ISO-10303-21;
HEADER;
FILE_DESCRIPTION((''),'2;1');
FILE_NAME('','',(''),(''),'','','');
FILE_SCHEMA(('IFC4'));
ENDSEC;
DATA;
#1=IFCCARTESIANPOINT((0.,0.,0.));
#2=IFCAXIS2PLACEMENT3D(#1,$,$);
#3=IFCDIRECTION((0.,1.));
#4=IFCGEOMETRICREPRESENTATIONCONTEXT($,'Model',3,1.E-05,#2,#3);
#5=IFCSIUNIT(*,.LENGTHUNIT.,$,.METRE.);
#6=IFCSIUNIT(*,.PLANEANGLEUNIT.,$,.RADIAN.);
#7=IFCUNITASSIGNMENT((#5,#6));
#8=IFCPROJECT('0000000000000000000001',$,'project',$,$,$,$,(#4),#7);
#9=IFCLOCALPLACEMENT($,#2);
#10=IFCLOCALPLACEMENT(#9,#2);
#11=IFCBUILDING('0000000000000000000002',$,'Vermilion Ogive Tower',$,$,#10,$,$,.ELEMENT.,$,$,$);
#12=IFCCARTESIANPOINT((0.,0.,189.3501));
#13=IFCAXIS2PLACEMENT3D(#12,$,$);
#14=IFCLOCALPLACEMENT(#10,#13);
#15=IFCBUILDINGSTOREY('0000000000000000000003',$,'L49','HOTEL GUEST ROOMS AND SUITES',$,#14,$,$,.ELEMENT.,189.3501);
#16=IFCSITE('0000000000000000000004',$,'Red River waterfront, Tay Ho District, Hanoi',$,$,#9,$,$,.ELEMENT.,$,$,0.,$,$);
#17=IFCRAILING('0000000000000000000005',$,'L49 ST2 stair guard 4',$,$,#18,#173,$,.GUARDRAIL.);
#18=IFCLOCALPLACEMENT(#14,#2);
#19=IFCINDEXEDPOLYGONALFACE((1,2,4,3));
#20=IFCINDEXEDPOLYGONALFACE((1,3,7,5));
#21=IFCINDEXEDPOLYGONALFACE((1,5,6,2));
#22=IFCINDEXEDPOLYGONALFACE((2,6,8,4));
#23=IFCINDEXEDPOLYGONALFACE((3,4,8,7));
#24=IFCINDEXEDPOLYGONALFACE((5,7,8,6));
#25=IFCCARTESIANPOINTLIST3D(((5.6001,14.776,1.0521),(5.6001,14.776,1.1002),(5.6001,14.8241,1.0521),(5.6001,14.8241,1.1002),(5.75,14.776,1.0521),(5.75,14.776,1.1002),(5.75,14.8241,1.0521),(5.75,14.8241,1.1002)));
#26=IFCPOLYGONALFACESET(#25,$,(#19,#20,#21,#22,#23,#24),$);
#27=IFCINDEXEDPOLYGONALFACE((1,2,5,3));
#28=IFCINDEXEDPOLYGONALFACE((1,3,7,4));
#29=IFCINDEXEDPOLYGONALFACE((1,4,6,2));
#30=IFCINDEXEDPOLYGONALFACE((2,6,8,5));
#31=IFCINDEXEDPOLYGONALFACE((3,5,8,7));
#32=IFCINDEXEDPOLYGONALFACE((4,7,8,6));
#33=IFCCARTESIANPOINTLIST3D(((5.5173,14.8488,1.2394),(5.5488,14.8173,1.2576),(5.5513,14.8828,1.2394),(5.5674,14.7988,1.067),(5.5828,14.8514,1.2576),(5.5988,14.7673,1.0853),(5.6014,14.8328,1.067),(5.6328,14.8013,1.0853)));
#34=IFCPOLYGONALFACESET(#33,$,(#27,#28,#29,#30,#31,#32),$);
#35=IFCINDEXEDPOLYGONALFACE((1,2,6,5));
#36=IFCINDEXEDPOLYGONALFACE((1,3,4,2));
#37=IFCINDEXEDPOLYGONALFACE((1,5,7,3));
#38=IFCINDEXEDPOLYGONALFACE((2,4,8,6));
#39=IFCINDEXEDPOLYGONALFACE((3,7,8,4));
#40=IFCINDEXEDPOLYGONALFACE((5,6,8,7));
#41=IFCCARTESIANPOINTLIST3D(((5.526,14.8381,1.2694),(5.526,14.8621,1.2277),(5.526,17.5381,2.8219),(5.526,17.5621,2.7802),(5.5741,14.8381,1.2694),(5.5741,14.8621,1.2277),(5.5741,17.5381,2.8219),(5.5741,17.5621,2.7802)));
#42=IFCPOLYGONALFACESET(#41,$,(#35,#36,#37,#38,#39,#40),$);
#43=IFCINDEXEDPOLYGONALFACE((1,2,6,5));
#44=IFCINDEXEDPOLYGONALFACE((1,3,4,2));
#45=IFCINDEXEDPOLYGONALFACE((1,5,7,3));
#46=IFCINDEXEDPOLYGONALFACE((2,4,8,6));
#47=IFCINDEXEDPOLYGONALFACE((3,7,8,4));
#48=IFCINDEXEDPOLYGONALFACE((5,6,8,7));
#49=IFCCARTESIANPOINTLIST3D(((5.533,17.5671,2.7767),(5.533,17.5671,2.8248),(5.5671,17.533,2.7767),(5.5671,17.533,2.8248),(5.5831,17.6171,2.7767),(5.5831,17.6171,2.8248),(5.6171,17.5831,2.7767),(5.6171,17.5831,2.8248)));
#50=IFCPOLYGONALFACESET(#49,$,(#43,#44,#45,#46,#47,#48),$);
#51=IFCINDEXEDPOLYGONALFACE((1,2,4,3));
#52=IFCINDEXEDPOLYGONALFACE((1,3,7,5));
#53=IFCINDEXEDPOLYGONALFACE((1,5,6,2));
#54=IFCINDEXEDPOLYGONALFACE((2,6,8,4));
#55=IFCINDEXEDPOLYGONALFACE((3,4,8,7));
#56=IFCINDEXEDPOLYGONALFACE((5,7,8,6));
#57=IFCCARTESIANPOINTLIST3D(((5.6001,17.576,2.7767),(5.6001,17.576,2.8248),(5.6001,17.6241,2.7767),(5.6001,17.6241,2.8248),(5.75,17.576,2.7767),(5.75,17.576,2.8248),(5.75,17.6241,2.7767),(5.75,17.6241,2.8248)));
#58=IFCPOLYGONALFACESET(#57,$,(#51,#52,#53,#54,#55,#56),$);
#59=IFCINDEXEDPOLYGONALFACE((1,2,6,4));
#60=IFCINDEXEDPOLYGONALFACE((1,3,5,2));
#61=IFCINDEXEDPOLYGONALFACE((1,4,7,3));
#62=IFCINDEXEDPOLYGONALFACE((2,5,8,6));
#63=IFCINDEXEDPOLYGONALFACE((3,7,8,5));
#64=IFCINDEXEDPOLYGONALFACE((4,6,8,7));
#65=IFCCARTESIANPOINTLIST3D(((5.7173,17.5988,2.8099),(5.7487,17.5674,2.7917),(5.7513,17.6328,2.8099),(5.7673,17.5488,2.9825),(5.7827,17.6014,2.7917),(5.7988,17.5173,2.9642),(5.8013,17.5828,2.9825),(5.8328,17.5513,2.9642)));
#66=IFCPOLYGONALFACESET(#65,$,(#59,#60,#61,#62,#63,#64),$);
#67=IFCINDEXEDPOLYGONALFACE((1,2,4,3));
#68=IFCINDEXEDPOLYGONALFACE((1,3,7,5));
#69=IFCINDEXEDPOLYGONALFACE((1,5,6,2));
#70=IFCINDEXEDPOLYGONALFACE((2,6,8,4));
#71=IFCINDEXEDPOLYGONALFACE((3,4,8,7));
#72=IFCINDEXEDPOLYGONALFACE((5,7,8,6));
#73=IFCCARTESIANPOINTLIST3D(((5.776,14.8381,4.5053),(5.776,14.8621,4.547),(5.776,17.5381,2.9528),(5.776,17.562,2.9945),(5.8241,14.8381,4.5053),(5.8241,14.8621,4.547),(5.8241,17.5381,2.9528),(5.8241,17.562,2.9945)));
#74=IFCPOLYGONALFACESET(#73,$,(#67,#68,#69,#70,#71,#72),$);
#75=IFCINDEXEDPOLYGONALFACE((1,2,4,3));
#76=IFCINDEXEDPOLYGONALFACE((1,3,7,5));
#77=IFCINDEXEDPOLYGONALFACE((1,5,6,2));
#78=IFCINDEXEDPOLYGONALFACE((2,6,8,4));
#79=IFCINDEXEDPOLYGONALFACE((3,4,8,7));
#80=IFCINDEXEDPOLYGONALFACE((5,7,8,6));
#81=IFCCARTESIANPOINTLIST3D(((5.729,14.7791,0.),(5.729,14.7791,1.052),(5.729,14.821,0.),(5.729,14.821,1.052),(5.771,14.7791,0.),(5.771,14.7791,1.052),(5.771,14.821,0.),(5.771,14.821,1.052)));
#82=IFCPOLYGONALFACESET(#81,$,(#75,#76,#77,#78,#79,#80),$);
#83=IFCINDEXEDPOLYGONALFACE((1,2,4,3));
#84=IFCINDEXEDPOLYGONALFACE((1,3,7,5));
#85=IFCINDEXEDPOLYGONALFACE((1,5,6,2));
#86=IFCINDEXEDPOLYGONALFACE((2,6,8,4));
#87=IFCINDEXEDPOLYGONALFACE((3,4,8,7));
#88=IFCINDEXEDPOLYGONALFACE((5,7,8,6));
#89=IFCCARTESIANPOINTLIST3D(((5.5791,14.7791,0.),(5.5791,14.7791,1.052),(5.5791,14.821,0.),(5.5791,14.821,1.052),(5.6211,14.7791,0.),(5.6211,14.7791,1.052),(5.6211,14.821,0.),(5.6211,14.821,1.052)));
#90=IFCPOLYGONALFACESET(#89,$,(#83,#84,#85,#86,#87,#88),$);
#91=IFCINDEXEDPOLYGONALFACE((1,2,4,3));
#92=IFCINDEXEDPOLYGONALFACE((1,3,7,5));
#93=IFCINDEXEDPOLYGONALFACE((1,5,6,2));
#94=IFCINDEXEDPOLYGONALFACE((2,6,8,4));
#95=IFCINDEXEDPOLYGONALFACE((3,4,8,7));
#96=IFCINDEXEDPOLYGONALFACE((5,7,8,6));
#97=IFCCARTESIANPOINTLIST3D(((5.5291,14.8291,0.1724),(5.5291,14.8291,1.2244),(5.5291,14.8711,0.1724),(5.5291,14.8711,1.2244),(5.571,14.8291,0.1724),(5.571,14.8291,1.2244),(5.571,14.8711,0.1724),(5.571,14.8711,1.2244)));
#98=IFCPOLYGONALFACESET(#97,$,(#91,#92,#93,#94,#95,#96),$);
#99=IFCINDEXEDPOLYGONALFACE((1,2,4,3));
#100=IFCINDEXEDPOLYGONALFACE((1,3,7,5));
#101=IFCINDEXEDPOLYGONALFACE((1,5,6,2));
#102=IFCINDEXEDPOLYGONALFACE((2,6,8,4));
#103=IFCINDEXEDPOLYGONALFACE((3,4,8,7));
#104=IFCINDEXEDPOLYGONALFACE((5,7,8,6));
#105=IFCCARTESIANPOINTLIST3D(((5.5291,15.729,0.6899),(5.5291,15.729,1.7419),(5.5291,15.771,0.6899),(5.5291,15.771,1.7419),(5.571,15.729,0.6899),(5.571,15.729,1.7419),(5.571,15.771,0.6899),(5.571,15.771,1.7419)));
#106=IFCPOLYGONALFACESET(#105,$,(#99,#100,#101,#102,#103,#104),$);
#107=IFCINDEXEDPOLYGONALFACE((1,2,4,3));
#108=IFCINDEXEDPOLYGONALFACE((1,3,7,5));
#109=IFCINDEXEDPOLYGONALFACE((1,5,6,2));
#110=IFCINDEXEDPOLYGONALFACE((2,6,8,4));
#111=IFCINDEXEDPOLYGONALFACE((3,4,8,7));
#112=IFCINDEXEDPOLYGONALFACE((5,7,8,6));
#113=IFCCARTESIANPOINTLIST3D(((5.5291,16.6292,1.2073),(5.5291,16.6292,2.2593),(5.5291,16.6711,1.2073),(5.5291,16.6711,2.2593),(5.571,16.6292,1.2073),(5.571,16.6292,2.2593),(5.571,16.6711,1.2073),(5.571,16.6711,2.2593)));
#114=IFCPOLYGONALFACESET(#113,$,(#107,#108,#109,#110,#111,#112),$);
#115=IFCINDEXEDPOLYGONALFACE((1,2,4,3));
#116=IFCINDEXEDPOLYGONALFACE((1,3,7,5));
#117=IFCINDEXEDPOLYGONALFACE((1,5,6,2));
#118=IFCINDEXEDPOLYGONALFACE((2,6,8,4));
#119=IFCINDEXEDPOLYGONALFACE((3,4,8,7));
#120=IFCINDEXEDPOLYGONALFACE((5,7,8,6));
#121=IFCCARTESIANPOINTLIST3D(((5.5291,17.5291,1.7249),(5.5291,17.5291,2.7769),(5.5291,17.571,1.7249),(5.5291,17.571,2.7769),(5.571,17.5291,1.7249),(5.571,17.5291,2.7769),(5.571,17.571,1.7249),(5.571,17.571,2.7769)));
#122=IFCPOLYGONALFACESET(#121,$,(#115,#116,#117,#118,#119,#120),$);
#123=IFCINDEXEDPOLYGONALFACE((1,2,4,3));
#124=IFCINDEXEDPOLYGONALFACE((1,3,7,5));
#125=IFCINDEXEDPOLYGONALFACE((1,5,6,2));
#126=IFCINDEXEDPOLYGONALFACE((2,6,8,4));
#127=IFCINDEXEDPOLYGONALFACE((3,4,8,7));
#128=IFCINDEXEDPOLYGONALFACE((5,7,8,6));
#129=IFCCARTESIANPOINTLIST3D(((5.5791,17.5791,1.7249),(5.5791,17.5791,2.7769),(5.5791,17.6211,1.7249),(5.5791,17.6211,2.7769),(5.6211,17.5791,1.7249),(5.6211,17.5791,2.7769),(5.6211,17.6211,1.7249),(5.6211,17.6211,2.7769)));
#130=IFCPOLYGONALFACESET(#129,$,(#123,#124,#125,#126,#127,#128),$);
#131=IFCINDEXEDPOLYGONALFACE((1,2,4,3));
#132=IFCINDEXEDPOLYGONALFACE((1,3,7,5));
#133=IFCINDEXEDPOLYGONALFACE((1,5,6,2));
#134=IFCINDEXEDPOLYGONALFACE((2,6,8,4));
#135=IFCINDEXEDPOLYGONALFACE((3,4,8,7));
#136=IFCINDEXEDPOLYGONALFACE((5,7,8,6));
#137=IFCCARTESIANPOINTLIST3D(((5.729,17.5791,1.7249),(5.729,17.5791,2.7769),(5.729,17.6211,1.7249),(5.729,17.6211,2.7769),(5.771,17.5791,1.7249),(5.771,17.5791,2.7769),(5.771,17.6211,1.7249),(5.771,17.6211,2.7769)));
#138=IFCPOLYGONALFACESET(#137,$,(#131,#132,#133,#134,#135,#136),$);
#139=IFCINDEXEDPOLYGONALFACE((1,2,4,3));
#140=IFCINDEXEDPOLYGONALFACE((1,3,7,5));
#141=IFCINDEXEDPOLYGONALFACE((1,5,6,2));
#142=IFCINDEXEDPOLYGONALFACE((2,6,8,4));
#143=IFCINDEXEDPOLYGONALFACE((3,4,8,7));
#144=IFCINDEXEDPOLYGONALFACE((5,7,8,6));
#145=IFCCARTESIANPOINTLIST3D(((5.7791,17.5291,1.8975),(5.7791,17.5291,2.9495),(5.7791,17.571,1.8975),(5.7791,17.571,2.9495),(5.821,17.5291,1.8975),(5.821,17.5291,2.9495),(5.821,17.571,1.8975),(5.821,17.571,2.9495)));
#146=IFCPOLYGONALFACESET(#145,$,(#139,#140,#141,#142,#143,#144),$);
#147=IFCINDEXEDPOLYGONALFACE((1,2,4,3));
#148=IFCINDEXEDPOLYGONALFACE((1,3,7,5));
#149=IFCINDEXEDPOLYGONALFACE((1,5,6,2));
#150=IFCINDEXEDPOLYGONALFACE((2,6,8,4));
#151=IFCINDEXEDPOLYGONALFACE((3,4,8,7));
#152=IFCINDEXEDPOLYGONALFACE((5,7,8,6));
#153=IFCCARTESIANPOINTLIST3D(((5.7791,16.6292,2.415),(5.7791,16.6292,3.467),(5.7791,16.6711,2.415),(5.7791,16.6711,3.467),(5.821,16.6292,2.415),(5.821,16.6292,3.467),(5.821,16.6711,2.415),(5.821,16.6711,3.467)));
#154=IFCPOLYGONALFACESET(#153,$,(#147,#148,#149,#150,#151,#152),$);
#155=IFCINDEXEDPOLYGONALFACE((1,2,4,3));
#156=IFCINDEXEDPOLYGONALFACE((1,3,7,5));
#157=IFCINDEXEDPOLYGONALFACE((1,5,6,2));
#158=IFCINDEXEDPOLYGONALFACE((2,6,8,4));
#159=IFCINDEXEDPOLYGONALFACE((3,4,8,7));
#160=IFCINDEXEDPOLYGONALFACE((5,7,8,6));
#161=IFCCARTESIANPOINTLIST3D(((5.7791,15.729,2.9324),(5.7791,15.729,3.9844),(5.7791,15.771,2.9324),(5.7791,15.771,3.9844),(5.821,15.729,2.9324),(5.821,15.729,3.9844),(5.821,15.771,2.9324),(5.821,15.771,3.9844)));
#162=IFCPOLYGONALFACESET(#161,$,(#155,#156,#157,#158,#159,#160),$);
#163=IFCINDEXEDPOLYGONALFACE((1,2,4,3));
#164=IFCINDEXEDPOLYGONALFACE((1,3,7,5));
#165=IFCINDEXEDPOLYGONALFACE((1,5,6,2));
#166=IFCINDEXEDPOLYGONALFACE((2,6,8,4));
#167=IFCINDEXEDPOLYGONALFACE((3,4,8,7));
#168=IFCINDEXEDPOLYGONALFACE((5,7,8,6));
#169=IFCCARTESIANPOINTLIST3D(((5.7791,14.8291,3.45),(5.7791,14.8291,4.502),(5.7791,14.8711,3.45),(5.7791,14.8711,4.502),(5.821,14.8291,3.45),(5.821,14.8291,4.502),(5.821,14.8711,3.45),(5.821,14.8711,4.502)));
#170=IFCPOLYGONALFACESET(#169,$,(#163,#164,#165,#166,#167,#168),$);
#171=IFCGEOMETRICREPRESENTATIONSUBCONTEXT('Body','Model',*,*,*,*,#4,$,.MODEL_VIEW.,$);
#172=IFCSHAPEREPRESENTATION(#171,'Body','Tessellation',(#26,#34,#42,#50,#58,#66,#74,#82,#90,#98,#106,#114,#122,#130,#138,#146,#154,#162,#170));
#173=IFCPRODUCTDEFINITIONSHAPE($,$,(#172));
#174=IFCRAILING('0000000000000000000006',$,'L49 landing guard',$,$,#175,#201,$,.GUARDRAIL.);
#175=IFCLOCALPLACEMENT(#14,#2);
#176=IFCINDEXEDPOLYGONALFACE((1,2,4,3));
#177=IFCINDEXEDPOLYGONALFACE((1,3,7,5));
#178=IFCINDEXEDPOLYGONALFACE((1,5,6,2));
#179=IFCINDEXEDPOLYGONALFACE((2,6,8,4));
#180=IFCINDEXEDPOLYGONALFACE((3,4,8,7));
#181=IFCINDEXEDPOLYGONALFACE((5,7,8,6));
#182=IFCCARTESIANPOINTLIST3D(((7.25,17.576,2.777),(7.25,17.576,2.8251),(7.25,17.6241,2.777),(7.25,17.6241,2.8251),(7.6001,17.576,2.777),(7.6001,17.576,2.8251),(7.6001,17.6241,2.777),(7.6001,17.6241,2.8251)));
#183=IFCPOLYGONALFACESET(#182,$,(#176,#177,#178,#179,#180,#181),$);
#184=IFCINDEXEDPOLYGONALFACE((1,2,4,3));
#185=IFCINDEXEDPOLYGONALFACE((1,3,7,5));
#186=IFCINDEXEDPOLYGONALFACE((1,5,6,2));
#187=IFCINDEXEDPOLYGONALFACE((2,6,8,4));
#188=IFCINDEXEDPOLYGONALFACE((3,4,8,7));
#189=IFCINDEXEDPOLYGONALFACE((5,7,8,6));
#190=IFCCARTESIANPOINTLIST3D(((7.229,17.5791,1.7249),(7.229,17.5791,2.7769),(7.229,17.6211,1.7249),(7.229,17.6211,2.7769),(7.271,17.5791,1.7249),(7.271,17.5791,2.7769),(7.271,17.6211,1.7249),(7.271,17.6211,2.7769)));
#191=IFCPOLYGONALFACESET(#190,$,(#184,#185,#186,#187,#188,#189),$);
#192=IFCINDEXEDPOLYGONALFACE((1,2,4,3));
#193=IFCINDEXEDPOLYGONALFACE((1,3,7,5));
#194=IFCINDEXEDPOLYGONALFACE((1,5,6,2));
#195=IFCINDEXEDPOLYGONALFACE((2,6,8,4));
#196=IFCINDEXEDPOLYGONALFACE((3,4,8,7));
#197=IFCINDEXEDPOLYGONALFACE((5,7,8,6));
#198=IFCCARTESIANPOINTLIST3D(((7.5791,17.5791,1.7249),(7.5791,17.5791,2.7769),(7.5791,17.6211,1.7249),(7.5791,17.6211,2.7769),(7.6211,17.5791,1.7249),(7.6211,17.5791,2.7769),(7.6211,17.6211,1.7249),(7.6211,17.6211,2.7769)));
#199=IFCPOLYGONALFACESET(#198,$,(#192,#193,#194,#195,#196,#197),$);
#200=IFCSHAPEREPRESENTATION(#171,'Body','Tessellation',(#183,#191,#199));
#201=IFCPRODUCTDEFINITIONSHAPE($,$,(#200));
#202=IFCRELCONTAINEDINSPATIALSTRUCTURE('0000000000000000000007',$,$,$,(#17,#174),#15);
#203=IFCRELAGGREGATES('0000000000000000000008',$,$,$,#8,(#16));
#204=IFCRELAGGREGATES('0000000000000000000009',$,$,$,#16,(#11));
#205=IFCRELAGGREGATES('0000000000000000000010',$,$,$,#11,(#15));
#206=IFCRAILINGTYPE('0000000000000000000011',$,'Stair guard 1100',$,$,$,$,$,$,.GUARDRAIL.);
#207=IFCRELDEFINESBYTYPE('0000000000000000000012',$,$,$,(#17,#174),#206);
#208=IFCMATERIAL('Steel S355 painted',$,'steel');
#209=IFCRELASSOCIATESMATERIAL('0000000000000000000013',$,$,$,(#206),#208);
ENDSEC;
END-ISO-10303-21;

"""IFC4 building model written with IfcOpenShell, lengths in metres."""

from ifc_helpers import new_model, si_unit, direction, frame, origin, origin_2d, place, context, subcontext, project, spatial, rectangle, extrude, material, type_object, element, save


model = new_model("IFC4")

# Units and contexts
model_context = context("Model", 3, precision=1e-05, world=origin(), true_north=direction((0.0, 1.0)))
body_context = subcontext(model_context, "Body", "Model", "MODEL_VIEW")
ifc_project = project(units=[si_unit("LENGTHUNIT", "METRE"), si_unit("PLANEANGLEUNIT", "RADIAN")], contexts=[model_context])

# Site, building, storey
site_placement = place(None, origin())
site = spatial("IfcSite", under=ifc_project, at=site_placement, Name="Red River waterfront, Tay Ho District, Hanoi", CompositionType="ELEMENT", RefElevation=0.0)
building_placement = place(site_placement, origin())
building = spatial("IfcBuilding", under=site, at=building_placement, Name="Vermilion Ogive Tower", CompositionType="ELEMENT")
storey_placement = place(building_placement, frame((0.0, 0.0, 189.3501)))
storey = spatial("IfcBuildingStorey", under=building, at=storey_placement, Name="L49", Description="HOTEL GUEST ROOMS AND SUITES", CompositionType="ELEMENT", Elevation=189.3501)

# Railings
ifc_material_1 = material(Name="Steel S355 painted", Category="steel")
railing_type_1 = type_object("IfcRailingType", Name="Stair guard 1100", PredefinedType="GUARDRAIL", material=ifc_material_1)
railing_1_placement = place(storey_placement, frame((5.75, 14.8, 0.0)))
element("IfcRailing", 1, at=railing_1_placement, inside=storey, type_object=railing_type_1, Name="L49 ST2 stair guard 4", PredefinedType="GUARDRAIL", context=body_context, shape_type="SweptSolid", body=[
    extrude(rectangle(XDim=0.0481, YDim=0.0481, at=origin_2d()), frame((0.0, 0.0, 1.0762), z_axis=(-1.0, 0.0, 0.0), x_axis=(0.0, -1.0, 0.0)), (0.0, 0.0, 1.0), 0.1499),
    extrude(rectangle(XDim=0.0481, YDim=0.0481, at=origin_2d()), frame((-0.1499, 0.0, 1.0762), z_axis=(-0.268603, 0.268603, 0.925043), x_axis=(-0.707107, -0.707107, 0.0)), (0.0, 0.0, 1.0), 0.1863),
    extrude(rectangle(XDim=0.0481, YDim=0.0481, at=origin_2d()), frame((-0.2, 0.05, 1.2485), z_axis=(0.0, 0.866904, 0.498476), x_axis=(-1.0, 0.0, 0.0)), (0.0, 0.0, 1.0), 3.1145),
    extrude(rectangle(XDim=0.0481, YDim=0.0481, at=origin_2d()), frame((-0.2, 2.75, 2.8008), z_axis=(0.707107, 0.707107, 0.0), x_axis=(-0.707107, 0.707107, 0.0)), (0.0, 0.0, 1.0), 0.0708),
    extrude(rectangle(XDim=0.0481, YDim=0.0481, at=origin_2d()), frame((-0.1499, 2.8, 2.8008), z_axis=(1.0, 0.0, 0.0), x_axis=(0.0, 1.0, 0.0)), (0.0, 0.0, 1.0), 0.1499),
    extrude(rectangle(XDim=0.0481, YDim=0.0481, at=origin_2d()), frame((0.0, 2.8, 2.8008), z_axis=(0.268278, -0.268278, 0.925232), x_axis=(0.707107, 0.707107, 0.0)), (0.0, 0.0, 1.0), 0.1865),
    extrude(rectangle(XDim=0.0481, YDim=0.0481, at=origin_2d()), frame((0.05, 2.75, 2.9736), z_axis=(0.0, -0.866904, 0.498476), x_axis=(1.0, 0.0, 0.0)), (0.0, 0.0, 1.0), 3.1145),
    extrude(rectangle(XDim=0.042, YDim=0.042, at=origin_2d()), origin(), (0.0, 0.0, 1.0), 1.052),
    extrude(rectangle(XDim=0.042, YDim=0.042, at=origin_2d()), frame((-0.1499, 0.0, 0.0)), (0.0, 0.0, 1.0), 1.052),
    extrude(rectangle(XDim=0.042, YDim=0.042, at=origin_2d()), frame((-0.2, 0.05, 0.1724)), (0.0, 0.0, 1.0), 1.052),
    extrude(rectangle(XDim=0.042, YDim=0.042, at=origin_2d()), frame((-0.2, 0.95, 0.6899)), (0.0, 0.0, 1.0), 1.052),
    extrude(rectangle(XDim=0.042, YDim=0.042, at=origin_2d()), frame((-0.2, 1.8501, 1.2073)), (0.0, 0.0, 1.0), 1.052),
    extrude(rectangle(XDim=0.042, YDim=0.042, at=origin_2d()), frame((-0.2, 2.75, 1.7249)), (0.0, 0.0, 1.0), 1.052),
    extrude(rectangle(XDim=0.042, YDim=0.042, at=origin_2d()), frame((-0.1499, 2.8, 1.7249)), (0.0, 0.0, 1.0), 1.052),
    extrude(rectangle(XDim=0.042, YDim=0.042, at=origin_2d()), frame((0.0, 2.8, 1.7249)), (0.0, 0.0, 1.0), 1.052),
    extrude(rectangle(XDim=0.042, YDim=0.042, at=origin_2d()), frame((0.05, 2.75, 1.8975)), (0.0, 0.0, 1.0), 1.052),
    extrude(rectangle(XDim=0.042, YDim=0.042, at=origin_2d()), frame((0.05, 1.8501, 2.415)), (0.0, 0.0, 1.0), 1.052),
    extrude(rectangle(XDim=0.042, YDim=0.042, at=origin_2d()), frame((0.05, 0.95, 2.9324)), (0.0, 0.0, 1.0), 1.052),
    extrude(rectangle(XDim=0.042, YDim=0.042, at=origin_2d()), frame((0.05, 0.05, 3.45)), (0.0, 0.0, 1.0), 1.052),
])
railing_2_placement = place(storey_placement, frame((7.25, 17.6001, 1.7249)))
element("IfcRailing", 2, at=railing_2_placement, inside=storey, type_object=railing_type_1, Name="L49 landing guard", PredefinedType="GUARDRAIL", context=body_context, shape_type="SweptSolid", body=[
    extrude(rectangle(XDim=0.0481, YDim=0.0481, at=origin_2d()), frame((0.0, 0.0, 1.0762), z_axis=(1.0, 0.0, 0.0), x_axis=(0.0, 1.0, 0.0)), (0.0, 0.0, 1.0), 0.3501),
    extrude(rectangle(XDim=0.042, YDim=0.042, at=origin_2d()), origin(), (0.0, 0.0, 1.0), 1.052),
    extrude(rectangle(XDim=0.042, YDim=0.042, at=origin_2d()), frame((0.3501, 0.0, 0.0)), (0.0, 0.0, 1.0), 1.052),
])

save(model, "model.ifc")
